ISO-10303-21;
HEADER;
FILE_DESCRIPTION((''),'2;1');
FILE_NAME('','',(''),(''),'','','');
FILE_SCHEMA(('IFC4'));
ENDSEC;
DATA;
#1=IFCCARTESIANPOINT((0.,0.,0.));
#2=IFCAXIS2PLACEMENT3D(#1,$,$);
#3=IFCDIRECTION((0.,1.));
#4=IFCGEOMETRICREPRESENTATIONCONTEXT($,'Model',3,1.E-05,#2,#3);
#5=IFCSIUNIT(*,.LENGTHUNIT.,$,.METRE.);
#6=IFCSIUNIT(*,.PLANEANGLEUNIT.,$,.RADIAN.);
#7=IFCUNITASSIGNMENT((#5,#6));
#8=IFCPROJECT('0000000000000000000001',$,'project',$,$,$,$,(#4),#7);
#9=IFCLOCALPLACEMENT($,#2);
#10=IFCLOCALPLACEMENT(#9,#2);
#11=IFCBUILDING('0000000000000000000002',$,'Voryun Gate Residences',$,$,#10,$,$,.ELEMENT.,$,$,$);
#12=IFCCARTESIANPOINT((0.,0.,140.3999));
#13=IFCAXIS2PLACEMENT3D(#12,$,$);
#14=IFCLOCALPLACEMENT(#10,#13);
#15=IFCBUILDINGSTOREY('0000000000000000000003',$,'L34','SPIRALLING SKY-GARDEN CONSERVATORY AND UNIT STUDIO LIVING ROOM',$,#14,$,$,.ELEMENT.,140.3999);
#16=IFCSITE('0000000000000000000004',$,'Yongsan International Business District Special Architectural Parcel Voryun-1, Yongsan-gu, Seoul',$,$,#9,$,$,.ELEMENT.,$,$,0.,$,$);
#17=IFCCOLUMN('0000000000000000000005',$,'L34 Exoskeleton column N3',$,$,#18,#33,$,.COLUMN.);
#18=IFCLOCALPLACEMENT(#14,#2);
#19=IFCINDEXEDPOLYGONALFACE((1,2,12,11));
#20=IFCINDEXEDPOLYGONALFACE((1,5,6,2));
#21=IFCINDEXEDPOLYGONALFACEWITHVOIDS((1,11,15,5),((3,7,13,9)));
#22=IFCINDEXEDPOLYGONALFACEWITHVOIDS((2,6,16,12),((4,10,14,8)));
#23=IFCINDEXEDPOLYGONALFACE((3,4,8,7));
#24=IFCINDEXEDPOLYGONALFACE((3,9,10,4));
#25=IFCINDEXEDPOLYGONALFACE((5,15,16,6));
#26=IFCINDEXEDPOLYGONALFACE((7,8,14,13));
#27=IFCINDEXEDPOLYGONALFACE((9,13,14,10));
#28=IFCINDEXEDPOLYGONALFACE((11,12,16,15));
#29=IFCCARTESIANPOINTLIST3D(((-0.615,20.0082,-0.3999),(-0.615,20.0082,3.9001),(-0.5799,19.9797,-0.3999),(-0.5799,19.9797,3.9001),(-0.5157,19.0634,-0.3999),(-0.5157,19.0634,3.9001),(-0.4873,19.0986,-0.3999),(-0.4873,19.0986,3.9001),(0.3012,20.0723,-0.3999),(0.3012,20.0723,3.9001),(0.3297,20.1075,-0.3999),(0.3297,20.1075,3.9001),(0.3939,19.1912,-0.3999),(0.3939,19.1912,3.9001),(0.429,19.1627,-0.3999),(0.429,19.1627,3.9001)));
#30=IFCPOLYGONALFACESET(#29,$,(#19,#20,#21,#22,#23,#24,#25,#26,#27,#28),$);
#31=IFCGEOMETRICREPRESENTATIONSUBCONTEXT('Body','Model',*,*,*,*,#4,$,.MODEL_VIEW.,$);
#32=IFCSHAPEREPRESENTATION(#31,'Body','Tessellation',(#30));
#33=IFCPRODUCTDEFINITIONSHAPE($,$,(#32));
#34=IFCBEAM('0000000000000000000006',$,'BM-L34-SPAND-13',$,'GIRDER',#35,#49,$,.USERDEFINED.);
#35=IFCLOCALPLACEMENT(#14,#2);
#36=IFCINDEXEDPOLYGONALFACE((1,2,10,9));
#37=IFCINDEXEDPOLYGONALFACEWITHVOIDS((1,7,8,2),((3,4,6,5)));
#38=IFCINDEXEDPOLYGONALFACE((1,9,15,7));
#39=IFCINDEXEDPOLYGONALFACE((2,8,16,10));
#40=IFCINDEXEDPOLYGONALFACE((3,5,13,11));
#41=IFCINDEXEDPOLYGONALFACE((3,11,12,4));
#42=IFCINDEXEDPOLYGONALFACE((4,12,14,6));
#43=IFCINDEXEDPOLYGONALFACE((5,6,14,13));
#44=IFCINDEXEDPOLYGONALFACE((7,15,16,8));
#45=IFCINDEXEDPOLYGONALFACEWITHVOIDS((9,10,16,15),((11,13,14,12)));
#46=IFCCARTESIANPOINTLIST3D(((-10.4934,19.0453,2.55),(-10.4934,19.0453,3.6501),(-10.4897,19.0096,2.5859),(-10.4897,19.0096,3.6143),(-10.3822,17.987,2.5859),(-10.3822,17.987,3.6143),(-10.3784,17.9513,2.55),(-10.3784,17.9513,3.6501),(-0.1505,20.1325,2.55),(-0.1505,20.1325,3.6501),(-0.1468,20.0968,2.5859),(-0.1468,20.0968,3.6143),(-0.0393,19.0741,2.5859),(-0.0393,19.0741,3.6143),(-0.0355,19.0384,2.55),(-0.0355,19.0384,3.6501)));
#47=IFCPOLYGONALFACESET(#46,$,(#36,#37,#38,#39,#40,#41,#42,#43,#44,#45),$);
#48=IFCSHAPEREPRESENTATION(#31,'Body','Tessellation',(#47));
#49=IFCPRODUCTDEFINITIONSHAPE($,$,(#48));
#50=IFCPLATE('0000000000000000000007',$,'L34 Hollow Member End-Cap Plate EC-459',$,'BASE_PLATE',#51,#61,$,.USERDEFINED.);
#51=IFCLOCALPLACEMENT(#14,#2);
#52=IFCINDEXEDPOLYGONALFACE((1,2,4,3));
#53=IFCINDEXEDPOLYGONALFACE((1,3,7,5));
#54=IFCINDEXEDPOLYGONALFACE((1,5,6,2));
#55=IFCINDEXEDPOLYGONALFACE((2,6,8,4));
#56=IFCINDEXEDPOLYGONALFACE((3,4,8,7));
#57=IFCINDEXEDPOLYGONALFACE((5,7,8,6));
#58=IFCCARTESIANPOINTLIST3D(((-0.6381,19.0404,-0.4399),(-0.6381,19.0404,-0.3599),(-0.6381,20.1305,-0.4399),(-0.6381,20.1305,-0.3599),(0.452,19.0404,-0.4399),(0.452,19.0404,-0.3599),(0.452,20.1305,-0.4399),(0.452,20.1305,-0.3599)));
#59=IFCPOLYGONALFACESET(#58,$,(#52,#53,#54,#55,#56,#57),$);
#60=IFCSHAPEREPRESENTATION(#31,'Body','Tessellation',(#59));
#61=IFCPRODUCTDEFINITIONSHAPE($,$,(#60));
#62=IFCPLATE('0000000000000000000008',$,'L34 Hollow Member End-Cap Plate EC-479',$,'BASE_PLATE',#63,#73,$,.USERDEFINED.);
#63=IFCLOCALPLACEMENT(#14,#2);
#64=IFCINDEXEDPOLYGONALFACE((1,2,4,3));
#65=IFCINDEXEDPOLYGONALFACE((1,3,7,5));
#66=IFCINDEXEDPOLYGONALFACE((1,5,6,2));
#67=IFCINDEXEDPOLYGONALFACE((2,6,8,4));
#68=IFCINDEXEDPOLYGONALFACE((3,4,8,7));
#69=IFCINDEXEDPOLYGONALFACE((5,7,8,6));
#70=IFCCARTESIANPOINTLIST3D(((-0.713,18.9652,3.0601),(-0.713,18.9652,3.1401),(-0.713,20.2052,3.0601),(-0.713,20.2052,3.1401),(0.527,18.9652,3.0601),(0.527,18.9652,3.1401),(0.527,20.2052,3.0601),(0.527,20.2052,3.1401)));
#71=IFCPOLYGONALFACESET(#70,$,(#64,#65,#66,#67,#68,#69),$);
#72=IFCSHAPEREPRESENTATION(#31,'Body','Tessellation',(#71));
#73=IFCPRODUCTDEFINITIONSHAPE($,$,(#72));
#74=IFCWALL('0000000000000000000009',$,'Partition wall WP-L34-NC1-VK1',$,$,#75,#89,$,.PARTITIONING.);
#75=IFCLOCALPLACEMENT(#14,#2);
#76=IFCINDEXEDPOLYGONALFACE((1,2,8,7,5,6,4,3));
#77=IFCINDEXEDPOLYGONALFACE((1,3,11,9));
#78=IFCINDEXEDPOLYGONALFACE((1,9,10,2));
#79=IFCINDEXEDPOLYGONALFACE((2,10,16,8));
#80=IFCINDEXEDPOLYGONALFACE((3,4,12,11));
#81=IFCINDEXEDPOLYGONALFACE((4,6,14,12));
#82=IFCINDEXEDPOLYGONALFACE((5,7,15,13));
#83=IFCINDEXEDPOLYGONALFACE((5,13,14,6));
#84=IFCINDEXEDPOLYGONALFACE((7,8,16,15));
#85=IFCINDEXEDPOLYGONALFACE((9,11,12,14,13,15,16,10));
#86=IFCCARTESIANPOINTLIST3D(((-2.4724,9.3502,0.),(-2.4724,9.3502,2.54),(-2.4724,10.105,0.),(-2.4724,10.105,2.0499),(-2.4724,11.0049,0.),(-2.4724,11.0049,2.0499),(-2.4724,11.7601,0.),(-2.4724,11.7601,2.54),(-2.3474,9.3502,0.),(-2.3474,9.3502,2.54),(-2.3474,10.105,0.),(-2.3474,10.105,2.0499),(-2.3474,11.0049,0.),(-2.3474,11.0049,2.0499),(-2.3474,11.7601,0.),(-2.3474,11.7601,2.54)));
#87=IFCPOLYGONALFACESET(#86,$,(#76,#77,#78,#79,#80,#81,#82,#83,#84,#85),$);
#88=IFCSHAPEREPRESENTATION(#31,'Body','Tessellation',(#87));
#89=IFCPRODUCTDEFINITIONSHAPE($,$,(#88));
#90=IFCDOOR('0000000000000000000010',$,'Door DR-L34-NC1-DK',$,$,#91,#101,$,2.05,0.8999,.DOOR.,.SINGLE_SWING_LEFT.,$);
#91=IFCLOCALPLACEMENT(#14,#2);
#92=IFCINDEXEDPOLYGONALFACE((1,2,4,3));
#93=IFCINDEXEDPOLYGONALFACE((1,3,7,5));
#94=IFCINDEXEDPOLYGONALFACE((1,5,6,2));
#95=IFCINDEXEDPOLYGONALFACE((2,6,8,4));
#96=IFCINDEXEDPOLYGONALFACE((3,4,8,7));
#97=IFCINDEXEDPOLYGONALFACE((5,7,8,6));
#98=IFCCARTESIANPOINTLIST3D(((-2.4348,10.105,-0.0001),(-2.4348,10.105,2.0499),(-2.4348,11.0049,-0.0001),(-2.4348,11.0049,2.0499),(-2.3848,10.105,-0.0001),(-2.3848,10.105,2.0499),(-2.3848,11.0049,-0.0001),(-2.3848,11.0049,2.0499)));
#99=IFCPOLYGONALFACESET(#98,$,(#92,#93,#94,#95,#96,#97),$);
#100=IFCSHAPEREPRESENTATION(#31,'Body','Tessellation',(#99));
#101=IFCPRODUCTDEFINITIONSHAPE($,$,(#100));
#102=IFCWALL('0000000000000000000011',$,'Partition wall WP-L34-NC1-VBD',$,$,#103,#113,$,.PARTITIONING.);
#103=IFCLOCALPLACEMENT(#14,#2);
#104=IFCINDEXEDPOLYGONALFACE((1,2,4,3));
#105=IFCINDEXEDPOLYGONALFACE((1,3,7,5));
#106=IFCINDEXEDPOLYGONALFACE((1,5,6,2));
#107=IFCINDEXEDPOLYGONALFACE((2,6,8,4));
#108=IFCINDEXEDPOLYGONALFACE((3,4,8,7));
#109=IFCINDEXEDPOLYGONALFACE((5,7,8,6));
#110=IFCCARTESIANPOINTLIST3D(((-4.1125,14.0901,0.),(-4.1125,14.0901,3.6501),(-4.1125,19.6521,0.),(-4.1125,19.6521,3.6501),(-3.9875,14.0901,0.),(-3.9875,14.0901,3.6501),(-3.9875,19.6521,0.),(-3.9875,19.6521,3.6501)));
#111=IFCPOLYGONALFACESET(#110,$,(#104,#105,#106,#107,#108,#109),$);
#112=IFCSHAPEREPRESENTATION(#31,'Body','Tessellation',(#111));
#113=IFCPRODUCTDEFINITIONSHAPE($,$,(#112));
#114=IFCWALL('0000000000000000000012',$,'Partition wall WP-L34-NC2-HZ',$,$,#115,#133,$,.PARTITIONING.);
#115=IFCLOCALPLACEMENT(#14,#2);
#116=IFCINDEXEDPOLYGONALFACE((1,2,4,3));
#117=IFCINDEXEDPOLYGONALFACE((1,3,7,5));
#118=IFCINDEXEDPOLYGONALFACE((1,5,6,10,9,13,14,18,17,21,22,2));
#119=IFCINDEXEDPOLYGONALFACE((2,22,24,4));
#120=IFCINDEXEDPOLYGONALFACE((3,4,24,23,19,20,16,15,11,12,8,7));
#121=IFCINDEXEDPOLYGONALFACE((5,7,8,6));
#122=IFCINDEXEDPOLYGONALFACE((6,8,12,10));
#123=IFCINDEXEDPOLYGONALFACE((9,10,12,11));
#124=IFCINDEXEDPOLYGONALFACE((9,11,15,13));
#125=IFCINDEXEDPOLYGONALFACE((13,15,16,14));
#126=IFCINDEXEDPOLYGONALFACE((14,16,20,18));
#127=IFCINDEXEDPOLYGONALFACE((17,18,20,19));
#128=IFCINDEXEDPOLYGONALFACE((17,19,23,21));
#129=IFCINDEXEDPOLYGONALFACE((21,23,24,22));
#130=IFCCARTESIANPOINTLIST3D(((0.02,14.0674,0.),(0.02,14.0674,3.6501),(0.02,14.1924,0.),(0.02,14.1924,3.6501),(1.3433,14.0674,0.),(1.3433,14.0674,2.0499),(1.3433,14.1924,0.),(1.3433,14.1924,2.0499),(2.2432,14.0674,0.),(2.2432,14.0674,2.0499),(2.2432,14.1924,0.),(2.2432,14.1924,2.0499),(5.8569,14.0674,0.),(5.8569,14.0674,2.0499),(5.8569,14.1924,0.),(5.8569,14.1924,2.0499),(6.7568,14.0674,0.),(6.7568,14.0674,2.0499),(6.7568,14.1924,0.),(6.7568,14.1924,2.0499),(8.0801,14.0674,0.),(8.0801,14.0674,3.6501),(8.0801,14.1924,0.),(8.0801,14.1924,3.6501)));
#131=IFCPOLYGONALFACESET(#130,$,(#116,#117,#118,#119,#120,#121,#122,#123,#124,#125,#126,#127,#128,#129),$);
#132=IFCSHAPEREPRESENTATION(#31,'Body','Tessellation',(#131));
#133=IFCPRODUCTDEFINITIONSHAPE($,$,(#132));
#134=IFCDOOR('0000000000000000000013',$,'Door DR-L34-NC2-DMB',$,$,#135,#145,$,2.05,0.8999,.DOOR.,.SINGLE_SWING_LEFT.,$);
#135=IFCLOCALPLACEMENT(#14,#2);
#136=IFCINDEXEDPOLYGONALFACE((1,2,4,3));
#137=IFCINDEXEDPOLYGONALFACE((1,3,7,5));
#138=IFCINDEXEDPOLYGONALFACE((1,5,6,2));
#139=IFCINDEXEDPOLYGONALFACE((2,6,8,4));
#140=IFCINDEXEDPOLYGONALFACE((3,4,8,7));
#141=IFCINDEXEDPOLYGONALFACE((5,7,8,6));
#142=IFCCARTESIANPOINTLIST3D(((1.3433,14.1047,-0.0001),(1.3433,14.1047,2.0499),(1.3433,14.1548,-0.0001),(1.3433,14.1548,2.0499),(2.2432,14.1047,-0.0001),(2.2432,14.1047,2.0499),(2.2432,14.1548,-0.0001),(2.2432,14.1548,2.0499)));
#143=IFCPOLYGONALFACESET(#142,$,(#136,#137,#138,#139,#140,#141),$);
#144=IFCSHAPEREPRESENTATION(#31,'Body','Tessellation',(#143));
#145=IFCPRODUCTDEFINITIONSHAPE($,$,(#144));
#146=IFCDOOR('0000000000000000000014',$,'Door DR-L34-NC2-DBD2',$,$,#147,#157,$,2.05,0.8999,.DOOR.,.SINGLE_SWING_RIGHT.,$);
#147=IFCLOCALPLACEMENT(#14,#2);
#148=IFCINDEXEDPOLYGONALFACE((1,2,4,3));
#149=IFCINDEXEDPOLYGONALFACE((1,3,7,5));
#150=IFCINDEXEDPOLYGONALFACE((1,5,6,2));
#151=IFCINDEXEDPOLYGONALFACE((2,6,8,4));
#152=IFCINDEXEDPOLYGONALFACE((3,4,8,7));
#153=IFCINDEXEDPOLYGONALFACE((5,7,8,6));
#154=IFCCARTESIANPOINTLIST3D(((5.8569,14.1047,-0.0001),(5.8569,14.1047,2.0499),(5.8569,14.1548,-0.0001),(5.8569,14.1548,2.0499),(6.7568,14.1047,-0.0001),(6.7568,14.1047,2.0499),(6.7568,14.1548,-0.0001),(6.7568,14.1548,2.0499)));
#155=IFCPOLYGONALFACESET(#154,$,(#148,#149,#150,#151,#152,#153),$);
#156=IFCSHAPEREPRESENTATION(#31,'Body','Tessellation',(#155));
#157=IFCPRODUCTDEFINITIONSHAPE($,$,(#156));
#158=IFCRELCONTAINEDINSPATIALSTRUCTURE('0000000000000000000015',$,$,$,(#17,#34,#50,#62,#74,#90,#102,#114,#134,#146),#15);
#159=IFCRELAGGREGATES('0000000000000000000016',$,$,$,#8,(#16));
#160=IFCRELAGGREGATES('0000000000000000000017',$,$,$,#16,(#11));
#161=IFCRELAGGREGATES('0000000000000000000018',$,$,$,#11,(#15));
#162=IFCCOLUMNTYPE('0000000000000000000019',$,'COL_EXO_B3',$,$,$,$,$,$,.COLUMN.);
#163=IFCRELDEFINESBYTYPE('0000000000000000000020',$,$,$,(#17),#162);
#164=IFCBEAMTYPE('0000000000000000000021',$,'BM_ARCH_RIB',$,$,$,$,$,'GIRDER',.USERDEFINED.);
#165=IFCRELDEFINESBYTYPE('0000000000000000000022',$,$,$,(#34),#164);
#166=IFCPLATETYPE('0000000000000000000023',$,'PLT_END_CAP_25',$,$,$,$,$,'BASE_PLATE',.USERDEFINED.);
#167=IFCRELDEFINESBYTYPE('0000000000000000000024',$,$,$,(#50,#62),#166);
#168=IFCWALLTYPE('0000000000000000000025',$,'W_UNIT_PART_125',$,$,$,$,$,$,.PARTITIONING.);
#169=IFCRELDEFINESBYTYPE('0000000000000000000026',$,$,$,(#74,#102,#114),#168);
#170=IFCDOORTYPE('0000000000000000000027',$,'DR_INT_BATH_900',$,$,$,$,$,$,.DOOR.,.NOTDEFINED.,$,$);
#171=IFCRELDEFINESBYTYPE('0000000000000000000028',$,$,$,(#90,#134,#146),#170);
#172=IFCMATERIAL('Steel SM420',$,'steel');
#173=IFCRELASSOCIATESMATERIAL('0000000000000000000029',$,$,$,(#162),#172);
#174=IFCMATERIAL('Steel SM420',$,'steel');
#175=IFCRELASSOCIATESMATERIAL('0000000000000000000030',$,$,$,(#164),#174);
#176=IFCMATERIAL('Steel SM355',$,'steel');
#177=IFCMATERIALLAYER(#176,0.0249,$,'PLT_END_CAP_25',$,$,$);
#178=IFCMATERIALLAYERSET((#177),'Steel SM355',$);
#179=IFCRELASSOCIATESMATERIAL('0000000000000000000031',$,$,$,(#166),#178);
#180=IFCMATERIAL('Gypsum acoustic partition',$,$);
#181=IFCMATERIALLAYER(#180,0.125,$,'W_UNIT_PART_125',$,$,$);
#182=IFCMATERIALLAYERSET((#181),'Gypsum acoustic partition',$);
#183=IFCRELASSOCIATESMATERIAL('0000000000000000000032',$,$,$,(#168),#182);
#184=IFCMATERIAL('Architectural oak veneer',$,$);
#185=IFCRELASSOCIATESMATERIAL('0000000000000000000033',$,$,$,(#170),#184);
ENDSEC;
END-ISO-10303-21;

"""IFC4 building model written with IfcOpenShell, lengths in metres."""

from ifc_helpers import new_model, si_unit, direction, frame, frame_2d, origin, origin_2d, place, context, subcontext, project, spatial, rectangle, hollow_rectangle, extrude, material, layer, layer_set, material_profile, profile_set, type_object, element, fill, save


model = new_model("IFC4")

# Units and contexts
model_context = context("Model", 3, precision=1e-05, world=origin(), true_north=direction((0.0, 1.0)))
body_context = subcontext(model_context, "Body", "Model", "MODEL_VIEW")
ifc_project = project(units=[si_unit("LENGTHUNIT", "METRE"), si_unit("PLANEANGLEUNIT", "RADIAN")], contexts=[model_context])

# Site, building, storey
site_placement = place(None, origin())
site = spatial("IfcSite", under=ifc_project, at=site_placement, Name="Yongsan International Business District Special Architectural Parcel Voryun-1, Yongsan-gu, Seoul", CompositionType="ELEMENT", RefElevation=0.0)
building_placement = place(site_placement, origin())
building = spatial("IfcBuilding", under=site, at=building_placement, Name="Voryun Gate Residences", CompositionType="ELEMENT")
storey_placement = place(building_placement, frame((0.0, 0.0, 140.3999)))
storey = spatial("IfcBuildingStorey", under=building, at=storey_placement, Name="L34", Description="SPIRALLING SKY-GARDEN CONSERVATORY AND UNIT STUDIO LIVING ROOM", CompositionType="ELEMENT", Elevation=140.3999)

# Column
ifc_material_1 = material(Name="Steel SM420", Category="steel")
ifc_material_profile_1 = material_profile(ifc_material_1, hollow_rectangle(XDim=0.95, YDim=0.95, WallThickness=0.032, at=origin_2d()), Name="BOX-950x950x32")
ifc_profile_set_1 = profile_set([ifc_material_profile_1], Name="Steel SM420")
column_type = type_object("IfcColumnType", Name="COL_EXO_B3", PredefinedType="COLUMN", material=ifc_profile_set_1)
column_placement = place(storey_placement, frame((-0.093, 19.5854, -0.3999), z_axis=(0.0, 0.0, 1.0), x_axis=(0.994522, 0.104528, 0.0)))
element("IfcColumn", 1, at=column_placement, inside=storey, type_object=column_type, Name="L34 Exoskeleton column N3", PredefinedType="COLUMN", context=body_context, shape_type="SweptSolid", body=[
    extrude(hollow_rectangle(XDim=0.95, YDim=0.95, WallThickness=0.032, at=origin_2d()), origin(), (0.0, 0.0, 1.0), 4.3),
])

# Beam
ifc_material_2 = material(Name="Steel SM420", Category="steel")
ifc_material_profile_2 = material_profile(ifc_material_2, hollow_rectangle(XDim=1.1001, YDim=1.1001, WallThickness=0.0359, at=origin_2d()), Name="BOX-1100x1100x36")
ifc_profile_set_2 = profile_set([ifc_material_profile_2], Name="Steel SM420")
beam_type = type_object("IfcBeamType", Name="BM_ARCH_RIB", ElementType="GIRDER", PredefinedType="USERDEFINED", material=ifc_profile_set_2)
beam_placement = place(storey_placement, frame((-0.093, 19.5854, 3.1001), z_axis=(-0.994521, -0.104534, 0.0), x_axis=(0.104534, -0.994521, 0.0)))
element("IfcBeam", 2, at=beam_placement, inside=storey, type_object=beam_type, Name="BM-L34-SPAND-13", ObjectType="GIRDER", PredefinedType="USERDEFINED", context=body_context, shape_type="SweptSolid", body=[
    extrude(hollow_rectangle(XDim=1.1001, YDim=1.1001, WallThickness=0.0359, at=origin_2d()), origin(), (0.0, 0.0, 1.0), 10.3999),
])

# Plates
ifc_material_3 = material(Name="Steel SM355", Category="steel")
ifc_layer_1 = layer(ifc_material_3, 0.0249, Name="PLT_END_CAP_25")
ifc_layer_set_1 = layer_set([ifc_layer_1], Name="Steel SM355")
plate_type = type_object("IfcPlateType", Name="PLT_END_CAP_25", ElementType="BASE_PLATE", PredefinedType="USERDEFINED", material=ifc_layer_set_1)
plate_1_placement = place(storey_placement, frame((-0.093, 19.5854, -0.4399), z_axis=(0.0, 0.0, 1.0), x_axis=(1.0, 0.0, 0.0)))
element("IfcPlate", 3, at=plate_1_placement, inside=storey, type_object=plate_type, Name="L34 Hollow Member End-Cap Plate EC-459", ObjectType="BASE_PLATE", PredefinedType="USERDEFINED", context=body_context, shape_type="SweptSolid", body=[
    extrude(rectangle(XDim=1.0901, YDim=1.0901, at=origin_2d()), origin(), (0.0, 0.0, 1.0), 0.0801),
])
plate_2_placement = place(storey_placement, frame((-0.093, 19.5852, 3.0601), z_axis=(0.0, 0.0, 1.0), x_axis=(1.0, 0.0, 0.0)))
element("IfcPlate", 4, at=plate_2_placement, inside=storey, type_object=plate_type, Name="L34 Hollow Member End-Cap Plate EC-479", ObjectType="BASE_PLATE", PredefinedType="USERDEFINED", context=body_context, shape_type="SweptSolid", body=[
    extrude(rectangle(XDim=1.24, YDim=1.24, at=origin_2d()), origin(), (0.0, 0.0, 1.0), 0.0801),
])

# Wall, opening, door
ifc_material_4 = material(Name="Gypsum acoustic partition")
ifc_layer_2 = layer(ifc_material_4, 0.125, Name="W_UNIT_PART_125")
ifc_layer_set_2 = layer_set([ifc_layer_2], Name="Gypsum acoustic partition")
wall_type_1 = type_object("IfcWallType", Name="W_UNIT_PART_125", PredefinedType="PARTITIONING", material=ifc_layer_set_2)
wall_1_placement = place(storey_placement, frame((-2.4099, 9.3501, 0.0), z_axis=(0.0, 0.0, 1.0), x_axis=(0.0, 1.0, 0.0)))
wall_1 = element("IfcWall", 5, at=wall_1_placement, inside=storey, type_object=wall_type_1, Name="Partition wall WP-L34-NC1-VK1", PredefinedType="PARTITIONING", context=body_context, shape_type="SweptSolid", body=[
    extrude(rectangle(XDim=2.4099, YDim=0.125, at=frame_2d((1.2051, 0.0))), origin(), (0.0, 0.0, 1.0), 2.54),
])
opening_1_placement = place(wall_1_placement, frame((0.7549, 0.0, 0.0)))
opening_1 = element("IfcOpeningElement", 6, at=opening_1_placement, cuts=wall_1, PredefinedType="OPENING", context=body_context, shape_type="SweptSolid", body=[
    extrude(rectangle(XDim=0.8999, YDim=2.05, at=frame_2d((0.45, 1.0249))), frame((0.0, 0.0725, 0.0), z_axis=(0.0, -1.0, 0.0), x_axis=(1.0, 0.0, 0.0)), (0.0, 0.0, 1.0), 0.145),
])
ifc_material_5 = material(Name="Architectural oak veneer")
door_type = type_object("IfcDoorType", Name="DR_INT_BATH_900", OperationType="NOTDEFINED", PredefinedType="DOOR", material=ifc_material_5)
door_1_placement = place(opening_1_placement, origin())
door_1 = element("IfcDoor", 7, at=door_1_placement, inside=storey, type_object=door_type, Name="Door DR-L34-NC1-DK", OperationType="SINGLE_SWING_LEFT", OverallHeight=2.05, OverallWidth=0.8999, PredefinedType="DOOR", context=body_context, shape_type="SweptSolid", body=[
    extrude(rectangle(XDim=0.8999, YDim=2.05, at=frame_2d((0.45, 1.0249))), frame((0.0, 0.0249, 0.0), z_axis=(0.0, -1.0, 0.0), x_axis=(1.0, 0.0, 0.0)), (0.0, 0.0, 1.0), 0.05),
])
fill(opening_1, door_1)

# Wall
wall_2_placement = place(storey_placement, frame((-4.05, 14.0901, 0.0), z_axis=(0.0, 0.0, 1.0), x_axis=(0.0, 1.0, 0.0)))
element("IfcWall", 8, at=wall_2_placement, inside=storey, type_object=wall_type_1, Name="Partition wall WP-L34-NC1-VBD", PredefinedType="PARTITIONING", context=body_context, shape_type="SweptSolid", body=[
    extrude(rectangle(XDim=5.562, YDim=0.125, at=frame_2d((2.781, 0.0))), origin(), (0.0, 0.0, 1.0), 3.6501),
])

# Wall, openings, doors
wall_3_placement = place(storey_placement, frame((0.02, 14.1299, 0.0), z_axis=(0.0, 0.0, 1.0), x_axis=(1.0, 0.0, 0.0)))
wall_3 = element("IfcWall", 9, at=wall_3_placement, inside=storey, type_object=wall_type_1, Name="Partition wall WP-L34-NC2-HZ", PredefinedType="PARTITIONING", context=body_context, shape_type="SweptSolid", body=[
    extrude(rectangle(XDim=8.0601, YDim=0.125, at=frame_2d((4.03, 0.0))), origin(), (0.0, 0.0, 1.0), 3.6501),
])
opening_2_placement = place(wall_3_placement, frame((1.3232, 0.0, 0.0)))
opening_2 = element("IfcOpeningElement", 10, at=opening_2_placement, cuts=wall_3, PredefinedType="OPENING", context=body_context, shape_type="SweptSolid", body=[
    extrude(rectangle(XDim=0.8999, YDim=2.05, at=frame_2d((0.45, 1.0249))), frame((0.0, 0.0725, 0.0), z_axis=(0.0, -1.0, 0.0), x_axis=(1.0, 0.0, 0.0)), (0.0, 0.0, 1.0), 0.145),
])
opening_3_placement = place(wall_3_placement, frame((5.8369, 0.0, 0.0)))
opening_3 = element("IfcOpeningElement", 11, at=opening_3_placement, cuts=wall_3, PredefinedType="OPENING", context=body_context, shape_type="SweptSolid", body=[
    extrude(rectangle(XDim=0.8999, YDim=2.05, at=frame_2d((0.45, 1.0249))), frame((0.0, 0.0725, 0.0), z_axis=(0.0, -1.0, 0.0), x_axis=(1.0, 0.0, 0.0)), (0.0, 0.0, 1.0), 0.145),
])
door_2_placement = place(opening_2_placement, origin())
door_2 = element("IfcDoor", 12, at=door_2_placement, inside=storey, type_object=door_type, Name="Door DR-L34-NC2-DMB", OperationType="SINGLE_SWING_LEFT", OverallHeight=2.05, OverallWidth=0.8999, PredefinedType="DOOR", context=body_context, shape_type="SweptSolid", body=[
    extrude(rectangle(XDim=0.8999, YDim=2.05, at=frame_2d((0.45, 1.0249))), frame((0.0, 0.0249, 0.0), z_axis=(0.0, -1.0, 0.0), x_axis=(1.0, 0.0, 0.0)), (0.0, 0.0, 1.0), 0.05),
])
fill(opening_2, door_2)
door_3_placement = place(opening_3_placement, origin())
door_3 = element("IfcDoor", 13, at=door_3_placement, inside=storey, type_object=door_type, Name="Door DR-L34-NC2-DBD2", OperationType="SINGLE_SWING_RIGHT", OverallHeight=2.05, OverallWidth=0.8999, PredefinedType="DOOR", context=body_context, shape_type="SweptSolid", body=[
    extrude(rectangle(XDim=0.8999, YDim=2.05, at=frame_2d((0.45, 1.0249))), frame((0.0, 0.0249, 0.0), z_axis=(0.0, -1.0, 0.0), x_axis=(1.0, 0.0, 0.0)), (0.0, 0.0, 1.0), 0.05),
])
fill(opening_3, door_3)

save(model, "model.ifc")
